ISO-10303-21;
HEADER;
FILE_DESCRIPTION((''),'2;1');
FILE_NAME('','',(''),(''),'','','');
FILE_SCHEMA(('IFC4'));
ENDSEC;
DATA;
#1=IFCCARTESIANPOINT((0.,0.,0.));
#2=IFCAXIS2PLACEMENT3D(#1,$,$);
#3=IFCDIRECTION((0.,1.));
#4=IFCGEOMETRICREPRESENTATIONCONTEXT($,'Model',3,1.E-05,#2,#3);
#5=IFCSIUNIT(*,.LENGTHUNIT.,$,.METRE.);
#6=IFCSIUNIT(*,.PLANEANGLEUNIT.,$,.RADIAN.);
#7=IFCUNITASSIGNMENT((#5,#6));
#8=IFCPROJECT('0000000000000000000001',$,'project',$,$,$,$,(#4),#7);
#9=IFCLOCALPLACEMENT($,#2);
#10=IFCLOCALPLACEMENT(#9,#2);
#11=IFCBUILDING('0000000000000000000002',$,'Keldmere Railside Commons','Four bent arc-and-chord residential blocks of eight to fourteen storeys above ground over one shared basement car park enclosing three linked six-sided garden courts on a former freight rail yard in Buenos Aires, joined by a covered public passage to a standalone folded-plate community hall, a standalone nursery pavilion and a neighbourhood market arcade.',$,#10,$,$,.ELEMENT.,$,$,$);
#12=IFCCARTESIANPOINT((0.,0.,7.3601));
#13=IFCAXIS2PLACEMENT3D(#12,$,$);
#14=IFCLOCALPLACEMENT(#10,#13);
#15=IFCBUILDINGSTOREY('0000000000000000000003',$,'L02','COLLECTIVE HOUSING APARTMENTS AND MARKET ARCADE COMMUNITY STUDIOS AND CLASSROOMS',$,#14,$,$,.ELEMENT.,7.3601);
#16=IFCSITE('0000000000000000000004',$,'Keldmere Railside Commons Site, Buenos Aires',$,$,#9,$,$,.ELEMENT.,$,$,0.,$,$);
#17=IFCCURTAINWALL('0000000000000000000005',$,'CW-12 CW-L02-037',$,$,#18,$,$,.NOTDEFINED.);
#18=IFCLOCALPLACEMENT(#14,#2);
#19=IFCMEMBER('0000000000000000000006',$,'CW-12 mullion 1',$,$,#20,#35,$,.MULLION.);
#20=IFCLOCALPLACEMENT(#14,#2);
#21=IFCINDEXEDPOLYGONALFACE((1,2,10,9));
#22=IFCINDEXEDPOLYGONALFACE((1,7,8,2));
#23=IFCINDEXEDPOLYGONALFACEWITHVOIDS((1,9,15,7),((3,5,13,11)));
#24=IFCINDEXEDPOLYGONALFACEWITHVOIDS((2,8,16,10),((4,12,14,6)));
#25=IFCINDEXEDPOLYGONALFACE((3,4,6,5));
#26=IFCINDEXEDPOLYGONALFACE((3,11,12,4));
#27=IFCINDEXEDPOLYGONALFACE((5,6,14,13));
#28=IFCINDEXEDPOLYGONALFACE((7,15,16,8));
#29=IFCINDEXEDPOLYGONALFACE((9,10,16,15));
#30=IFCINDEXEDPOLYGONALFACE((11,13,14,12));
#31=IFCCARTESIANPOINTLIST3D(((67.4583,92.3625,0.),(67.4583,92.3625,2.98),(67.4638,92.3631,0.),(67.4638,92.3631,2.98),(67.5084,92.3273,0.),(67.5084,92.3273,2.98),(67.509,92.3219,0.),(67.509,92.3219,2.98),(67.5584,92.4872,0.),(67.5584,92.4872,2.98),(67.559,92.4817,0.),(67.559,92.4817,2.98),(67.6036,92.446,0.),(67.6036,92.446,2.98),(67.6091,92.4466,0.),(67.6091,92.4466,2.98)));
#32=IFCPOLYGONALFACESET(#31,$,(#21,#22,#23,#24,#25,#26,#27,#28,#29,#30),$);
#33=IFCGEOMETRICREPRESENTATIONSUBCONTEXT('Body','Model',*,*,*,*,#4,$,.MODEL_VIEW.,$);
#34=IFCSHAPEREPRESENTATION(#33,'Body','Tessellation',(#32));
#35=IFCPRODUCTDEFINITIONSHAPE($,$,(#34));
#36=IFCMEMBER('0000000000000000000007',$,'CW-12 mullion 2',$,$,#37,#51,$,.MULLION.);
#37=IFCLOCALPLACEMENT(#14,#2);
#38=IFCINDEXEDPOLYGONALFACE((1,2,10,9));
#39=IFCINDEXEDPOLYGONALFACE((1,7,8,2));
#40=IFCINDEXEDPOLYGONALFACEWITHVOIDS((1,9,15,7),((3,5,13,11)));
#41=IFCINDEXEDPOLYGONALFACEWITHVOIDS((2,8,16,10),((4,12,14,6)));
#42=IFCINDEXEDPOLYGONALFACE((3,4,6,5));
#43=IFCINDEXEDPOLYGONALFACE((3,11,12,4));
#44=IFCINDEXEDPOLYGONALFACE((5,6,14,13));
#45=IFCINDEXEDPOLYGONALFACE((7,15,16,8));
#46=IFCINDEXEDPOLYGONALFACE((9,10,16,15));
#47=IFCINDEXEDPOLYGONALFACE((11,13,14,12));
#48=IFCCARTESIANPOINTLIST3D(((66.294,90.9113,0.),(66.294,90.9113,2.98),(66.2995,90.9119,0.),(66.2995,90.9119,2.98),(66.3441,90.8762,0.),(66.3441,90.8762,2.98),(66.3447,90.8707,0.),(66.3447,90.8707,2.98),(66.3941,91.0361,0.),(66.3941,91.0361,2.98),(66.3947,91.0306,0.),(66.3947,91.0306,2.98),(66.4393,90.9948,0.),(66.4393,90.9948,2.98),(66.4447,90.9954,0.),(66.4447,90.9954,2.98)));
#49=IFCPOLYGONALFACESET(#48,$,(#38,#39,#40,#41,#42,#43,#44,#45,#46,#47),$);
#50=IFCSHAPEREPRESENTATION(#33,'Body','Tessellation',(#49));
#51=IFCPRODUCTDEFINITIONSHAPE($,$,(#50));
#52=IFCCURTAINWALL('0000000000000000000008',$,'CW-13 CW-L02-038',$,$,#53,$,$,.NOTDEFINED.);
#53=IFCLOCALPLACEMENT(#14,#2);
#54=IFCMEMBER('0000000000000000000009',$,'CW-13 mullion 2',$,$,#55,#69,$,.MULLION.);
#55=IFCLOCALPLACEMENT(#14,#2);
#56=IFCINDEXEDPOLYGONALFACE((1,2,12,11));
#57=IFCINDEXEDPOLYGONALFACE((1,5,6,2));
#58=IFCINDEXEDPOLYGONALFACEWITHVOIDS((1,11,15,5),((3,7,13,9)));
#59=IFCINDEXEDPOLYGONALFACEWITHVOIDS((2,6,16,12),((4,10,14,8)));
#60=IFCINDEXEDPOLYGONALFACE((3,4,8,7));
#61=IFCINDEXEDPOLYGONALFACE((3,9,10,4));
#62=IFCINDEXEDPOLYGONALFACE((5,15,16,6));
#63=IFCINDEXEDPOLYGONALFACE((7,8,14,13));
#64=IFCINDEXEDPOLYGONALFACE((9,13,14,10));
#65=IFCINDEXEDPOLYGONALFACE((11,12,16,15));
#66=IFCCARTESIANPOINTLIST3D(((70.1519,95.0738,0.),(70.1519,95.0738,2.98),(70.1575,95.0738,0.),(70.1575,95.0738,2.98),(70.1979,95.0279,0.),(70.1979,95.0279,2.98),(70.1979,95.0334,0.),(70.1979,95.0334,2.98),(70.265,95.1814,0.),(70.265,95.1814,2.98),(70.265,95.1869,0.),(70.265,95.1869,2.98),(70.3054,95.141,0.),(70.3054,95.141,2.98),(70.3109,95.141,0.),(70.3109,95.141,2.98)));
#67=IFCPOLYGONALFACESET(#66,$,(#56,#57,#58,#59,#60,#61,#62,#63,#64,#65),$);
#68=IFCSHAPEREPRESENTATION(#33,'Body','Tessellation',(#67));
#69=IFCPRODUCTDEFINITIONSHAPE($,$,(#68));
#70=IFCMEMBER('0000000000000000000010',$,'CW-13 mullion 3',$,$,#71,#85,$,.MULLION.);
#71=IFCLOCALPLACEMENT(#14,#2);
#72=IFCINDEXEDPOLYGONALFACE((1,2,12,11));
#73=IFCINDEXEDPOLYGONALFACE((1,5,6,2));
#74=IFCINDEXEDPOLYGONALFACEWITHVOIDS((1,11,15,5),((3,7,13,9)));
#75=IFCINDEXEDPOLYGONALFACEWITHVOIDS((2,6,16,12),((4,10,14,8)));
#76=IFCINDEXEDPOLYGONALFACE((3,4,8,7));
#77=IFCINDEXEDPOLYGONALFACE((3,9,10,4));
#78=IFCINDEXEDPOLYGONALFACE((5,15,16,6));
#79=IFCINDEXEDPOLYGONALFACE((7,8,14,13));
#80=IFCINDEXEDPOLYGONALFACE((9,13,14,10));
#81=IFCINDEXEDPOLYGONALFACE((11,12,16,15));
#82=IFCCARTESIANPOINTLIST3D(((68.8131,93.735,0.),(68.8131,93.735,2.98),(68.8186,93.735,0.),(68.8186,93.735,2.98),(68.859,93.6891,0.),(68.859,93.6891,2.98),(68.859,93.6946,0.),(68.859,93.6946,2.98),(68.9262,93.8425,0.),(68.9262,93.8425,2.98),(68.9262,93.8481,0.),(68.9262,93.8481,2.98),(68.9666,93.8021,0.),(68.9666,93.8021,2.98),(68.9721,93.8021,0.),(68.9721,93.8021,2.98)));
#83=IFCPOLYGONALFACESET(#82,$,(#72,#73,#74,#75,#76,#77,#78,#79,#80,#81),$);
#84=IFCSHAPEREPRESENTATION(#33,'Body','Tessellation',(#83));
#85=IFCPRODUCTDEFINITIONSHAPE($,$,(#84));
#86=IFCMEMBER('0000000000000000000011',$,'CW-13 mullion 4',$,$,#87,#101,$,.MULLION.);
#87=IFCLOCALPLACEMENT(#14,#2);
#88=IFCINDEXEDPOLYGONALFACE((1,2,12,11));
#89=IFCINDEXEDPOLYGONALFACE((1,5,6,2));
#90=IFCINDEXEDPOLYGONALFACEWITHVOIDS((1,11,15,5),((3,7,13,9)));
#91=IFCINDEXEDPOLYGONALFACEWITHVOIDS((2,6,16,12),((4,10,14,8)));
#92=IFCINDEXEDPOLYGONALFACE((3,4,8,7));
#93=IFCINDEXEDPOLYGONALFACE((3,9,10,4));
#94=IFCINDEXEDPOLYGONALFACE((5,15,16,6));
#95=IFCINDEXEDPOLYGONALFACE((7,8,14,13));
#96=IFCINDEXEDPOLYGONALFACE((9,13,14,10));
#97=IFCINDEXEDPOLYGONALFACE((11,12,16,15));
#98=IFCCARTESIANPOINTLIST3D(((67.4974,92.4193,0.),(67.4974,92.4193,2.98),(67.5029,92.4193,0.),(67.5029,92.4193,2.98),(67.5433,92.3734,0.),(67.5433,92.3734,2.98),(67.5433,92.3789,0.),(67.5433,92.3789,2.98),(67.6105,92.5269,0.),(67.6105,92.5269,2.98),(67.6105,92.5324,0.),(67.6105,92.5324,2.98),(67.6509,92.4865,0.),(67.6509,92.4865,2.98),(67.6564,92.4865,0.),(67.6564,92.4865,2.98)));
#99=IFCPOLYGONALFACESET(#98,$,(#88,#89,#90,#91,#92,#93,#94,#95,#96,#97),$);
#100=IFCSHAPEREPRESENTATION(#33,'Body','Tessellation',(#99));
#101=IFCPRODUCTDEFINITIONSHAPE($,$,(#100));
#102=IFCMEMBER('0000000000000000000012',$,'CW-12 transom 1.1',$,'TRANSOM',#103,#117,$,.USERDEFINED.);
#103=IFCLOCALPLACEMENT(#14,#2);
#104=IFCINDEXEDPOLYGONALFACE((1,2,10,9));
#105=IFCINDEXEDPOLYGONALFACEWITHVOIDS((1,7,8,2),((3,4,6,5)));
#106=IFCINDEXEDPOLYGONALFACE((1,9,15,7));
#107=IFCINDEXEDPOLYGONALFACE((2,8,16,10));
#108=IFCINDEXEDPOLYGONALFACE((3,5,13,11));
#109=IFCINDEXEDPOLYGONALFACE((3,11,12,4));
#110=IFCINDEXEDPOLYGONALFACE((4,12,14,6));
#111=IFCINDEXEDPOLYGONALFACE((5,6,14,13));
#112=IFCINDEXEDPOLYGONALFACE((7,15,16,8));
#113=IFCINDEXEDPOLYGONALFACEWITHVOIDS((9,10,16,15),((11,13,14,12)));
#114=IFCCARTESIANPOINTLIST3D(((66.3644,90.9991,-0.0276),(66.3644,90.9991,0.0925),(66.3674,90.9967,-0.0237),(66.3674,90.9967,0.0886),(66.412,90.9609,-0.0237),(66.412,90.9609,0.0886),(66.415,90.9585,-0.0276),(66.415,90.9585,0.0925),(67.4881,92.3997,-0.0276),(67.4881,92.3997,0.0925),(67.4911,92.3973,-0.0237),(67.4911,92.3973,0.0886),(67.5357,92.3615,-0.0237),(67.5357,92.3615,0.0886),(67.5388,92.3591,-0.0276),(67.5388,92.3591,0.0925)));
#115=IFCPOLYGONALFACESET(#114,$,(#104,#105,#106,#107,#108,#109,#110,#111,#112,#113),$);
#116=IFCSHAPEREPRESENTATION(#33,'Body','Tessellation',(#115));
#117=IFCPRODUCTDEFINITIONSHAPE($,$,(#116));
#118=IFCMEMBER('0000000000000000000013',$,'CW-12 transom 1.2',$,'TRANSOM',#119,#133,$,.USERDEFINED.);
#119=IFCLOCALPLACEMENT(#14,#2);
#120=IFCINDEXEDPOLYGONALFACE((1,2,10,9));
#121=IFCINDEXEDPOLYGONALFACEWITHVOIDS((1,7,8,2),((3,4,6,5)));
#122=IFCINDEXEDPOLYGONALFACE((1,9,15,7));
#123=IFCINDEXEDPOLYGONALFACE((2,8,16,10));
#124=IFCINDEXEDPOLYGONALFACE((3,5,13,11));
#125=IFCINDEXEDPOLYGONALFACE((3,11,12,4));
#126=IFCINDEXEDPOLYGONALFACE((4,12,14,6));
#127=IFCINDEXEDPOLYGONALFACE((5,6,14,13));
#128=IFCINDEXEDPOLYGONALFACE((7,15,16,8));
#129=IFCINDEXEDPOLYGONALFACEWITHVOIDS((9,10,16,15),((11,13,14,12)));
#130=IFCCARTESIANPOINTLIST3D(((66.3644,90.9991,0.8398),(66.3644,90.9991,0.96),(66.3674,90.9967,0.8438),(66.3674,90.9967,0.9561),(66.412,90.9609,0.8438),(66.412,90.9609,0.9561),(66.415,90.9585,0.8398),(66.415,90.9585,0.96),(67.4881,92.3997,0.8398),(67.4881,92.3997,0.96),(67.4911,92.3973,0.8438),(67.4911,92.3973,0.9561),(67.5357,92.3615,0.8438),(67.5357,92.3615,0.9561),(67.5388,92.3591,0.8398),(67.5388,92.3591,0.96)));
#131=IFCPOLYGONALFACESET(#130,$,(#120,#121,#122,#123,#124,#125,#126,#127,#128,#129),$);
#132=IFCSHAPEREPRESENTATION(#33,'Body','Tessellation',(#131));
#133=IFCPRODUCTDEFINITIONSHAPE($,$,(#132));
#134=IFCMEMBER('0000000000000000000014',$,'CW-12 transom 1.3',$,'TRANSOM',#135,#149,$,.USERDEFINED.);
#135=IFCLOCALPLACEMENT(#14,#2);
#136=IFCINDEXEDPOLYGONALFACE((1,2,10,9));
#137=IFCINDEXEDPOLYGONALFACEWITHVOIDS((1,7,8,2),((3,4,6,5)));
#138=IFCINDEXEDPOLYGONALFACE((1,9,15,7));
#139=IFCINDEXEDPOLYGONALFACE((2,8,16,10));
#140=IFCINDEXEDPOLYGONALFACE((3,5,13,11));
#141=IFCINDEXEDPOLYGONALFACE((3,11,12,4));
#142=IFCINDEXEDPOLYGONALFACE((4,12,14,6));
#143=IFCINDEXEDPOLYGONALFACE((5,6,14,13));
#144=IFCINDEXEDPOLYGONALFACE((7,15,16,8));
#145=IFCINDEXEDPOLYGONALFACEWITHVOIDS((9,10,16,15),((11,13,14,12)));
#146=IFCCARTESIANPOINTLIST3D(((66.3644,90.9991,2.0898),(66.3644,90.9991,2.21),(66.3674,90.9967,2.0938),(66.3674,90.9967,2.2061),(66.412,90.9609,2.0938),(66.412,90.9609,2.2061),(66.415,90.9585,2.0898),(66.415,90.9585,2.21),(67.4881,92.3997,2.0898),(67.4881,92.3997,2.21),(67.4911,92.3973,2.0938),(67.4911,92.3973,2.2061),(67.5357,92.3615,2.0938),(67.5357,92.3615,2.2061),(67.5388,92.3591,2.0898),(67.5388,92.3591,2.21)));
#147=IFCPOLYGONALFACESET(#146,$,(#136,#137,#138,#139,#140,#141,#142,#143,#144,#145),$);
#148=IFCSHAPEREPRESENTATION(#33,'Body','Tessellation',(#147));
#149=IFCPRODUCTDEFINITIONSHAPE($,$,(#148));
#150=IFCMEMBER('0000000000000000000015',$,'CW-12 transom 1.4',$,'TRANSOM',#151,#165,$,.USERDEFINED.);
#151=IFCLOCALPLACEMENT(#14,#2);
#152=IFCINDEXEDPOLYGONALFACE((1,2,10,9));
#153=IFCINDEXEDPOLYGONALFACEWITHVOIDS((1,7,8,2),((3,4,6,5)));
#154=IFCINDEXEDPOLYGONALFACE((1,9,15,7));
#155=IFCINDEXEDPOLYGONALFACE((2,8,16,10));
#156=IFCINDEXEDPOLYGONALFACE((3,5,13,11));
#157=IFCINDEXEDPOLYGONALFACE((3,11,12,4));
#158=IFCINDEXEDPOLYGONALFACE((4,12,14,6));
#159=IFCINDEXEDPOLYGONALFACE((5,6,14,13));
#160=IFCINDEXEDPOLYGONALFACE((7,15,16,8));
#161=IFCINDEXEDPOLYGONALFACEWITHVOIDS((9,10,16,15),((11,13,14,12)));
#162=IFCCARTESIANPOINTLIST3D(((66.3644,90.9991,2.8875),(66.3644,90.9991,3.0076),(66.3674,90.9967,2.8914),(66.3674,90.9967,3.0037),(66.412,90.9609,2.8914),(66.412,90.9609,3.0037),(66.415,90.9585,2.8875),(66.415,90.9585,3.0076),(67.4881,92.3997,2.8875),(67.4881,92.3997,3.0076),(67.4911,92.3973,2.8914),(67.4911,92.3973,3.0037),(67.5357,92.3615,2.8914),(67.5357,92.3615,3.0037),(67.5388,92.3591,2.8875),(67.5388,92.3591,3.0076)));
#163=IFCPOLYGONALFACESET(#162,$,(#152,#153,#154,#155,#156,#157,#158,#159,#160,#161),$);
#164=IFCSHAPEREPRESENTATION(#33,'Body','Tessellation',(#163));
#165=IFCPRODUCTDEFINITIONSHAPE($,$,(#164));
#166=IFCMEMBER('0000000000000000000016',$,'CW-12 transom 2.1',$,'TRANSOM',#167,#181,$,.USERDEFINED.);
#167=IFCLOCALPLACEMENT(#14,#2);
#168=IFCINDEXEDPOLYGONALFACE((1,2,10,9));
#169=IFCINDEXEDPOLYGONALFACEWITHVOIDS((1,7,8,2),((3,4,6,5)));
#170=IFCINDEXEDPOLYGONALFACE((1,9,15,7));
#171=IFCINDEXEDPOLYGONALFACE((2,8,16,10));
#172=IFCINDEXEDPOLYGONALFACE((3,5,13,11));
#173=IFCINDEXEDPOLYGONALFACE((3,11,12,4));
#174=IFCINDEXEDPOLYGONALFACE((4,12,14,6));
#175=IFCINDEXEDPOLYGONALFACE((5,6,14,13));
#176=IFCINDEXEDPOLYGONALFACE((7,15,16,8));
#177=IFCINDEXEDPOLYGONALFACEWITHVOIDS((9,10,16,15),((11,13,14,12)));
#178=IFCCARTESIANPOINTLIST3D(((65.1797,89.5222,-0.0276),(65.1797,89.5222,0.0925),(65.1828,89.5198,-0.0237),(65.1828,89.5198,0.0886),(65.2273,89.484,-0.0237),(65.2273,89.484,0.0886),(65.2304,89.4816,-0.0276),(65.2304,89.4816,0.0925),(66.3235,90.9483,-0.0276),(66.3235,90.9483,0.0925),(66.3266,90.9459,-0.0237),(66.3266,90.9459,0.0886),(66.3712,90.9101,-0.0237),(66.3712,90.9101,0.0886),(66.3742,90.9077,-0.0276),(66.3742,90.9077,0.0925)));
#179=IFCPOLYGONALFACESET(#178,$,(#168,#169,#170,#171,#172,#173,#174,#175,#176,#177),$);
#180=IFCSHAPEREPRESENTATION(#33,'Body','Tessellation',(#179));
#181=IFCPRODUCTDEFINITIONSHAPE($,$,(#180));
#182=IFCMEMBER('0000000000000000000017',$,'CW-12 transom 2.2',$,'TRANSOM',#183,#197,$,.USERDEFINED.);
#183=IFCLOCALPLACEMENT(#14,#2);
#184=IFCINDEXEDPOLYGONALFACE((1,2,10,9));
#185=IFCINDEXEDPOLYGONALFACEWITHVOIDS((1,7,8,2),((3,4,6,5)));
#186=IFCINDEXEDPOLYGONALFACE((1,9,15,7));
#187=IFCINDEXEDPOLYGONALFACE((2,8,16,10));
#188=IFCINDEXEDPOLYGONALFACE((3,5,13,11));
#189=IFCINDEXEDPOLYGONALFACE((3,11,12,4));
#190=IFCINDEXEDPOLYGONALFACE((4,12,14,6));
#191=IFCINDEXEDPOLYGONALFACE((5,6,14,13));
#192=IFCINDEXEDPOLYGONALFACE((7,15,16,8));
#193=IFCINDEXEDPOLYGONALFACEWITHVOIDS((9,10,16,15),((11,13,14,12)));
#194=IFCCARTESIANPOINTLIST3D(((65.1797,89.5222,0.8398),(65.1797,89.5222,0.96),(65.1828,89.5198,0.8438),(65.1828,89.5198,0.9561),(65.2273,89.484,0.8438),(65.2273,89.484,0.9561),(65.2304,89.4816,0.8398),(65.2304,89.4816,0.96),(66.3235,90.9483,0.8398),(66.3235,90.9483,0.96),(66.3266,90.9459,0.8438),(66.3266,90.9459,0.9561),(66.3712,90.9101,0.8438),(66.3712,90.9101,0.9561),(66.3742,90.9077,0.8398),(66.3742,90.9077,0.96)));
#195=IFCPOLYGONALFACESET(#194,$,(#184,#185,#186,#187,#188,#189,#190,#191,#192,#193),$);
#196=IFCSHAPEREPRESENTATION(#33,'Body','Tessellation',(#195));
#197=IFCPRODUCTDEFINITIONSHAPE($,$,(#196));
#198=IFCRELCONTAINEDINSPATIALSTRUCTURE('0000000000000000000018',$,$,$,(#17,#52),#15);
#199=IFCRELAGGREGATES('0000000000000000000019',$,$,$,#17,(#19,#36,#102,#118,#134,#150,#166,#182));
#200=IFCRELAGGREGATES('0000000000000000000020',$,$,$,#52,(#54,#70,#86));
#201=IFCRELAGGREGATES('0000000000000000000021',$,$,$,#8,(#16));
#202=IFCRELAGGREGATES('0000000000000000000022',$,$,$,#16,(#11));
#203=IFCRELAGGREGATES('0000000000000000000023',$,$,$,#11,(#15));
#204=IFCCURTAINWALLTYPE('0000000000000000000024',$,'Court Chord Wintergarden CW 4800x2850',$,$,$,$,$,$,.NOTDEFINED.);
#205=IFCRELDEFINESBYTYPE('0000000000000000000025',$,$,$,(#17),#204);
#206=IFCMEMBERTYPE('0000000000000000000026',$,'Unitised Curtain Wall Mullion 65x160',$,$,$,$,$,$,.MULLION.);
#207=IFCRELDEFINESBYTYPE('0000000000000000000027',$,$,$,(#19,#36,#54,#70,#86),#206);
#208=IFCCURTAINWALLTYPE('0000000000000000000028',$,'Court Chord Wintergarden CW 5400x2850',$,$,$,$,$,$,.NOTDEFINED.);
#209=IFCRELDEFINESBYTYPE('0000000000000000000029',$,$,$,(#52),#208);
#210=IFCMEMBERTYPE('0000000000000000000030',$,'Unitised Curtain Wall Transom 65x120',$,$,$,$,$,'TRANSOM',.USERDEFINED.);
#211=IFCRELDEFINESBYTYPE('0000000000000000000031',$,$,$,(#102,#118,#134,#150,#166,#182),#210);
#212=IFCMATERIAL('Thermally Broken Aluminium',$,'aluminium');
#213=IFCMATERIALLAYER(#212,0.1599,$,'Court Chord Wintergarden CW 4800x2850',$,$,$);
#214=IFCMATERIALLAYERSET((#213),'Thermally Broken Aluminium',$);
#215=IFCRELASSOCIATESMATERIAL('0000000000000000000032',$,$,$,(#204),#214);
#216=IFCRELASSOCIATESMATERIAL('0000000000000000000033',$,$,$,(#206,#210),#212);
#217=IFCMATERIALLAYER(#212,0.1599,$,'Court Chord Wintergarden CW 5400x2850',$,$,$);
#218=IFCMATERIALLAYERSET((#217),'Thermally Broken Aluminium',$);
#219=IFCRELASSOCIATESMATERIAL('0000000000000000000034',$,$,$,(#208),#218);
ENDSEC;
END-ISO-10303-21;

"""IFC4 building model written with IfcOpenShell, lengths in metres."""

from ifc_helpers import new_model, si_unit, direction, frame, origin, origin_2d, place, context, subcontext, project, spatial, hollow_rectangle, extrude, material, layer, layer_set, material_profile, profile_set, type_object, element, aggregate, save


model = new_model("IFC4")

# Units and contexts
model_context = context("Model", 3, precision=1e-05, world=origin(), true_north=direction((0.0, 1.0)))
body_context = subcontext(model_context, "Body", "Model", "MODEL_VIEW")
ifc_project = project(units=[si_unit("LENGTHUNIT", "METRE"), si_unit("PLANEANGLEUNIT", "RADIAN")], contexts=[model_context])

# Site, building, storey
site_placement = place(None, origin())
site = spatial("IfcSite", under=ifc_project, at=site_placement, Name="Keldmere Railside Commons Site, Buenos Aires", CompositionType="ELEMENT", RefElevation=0.0)
building_placement = place(site_placement, origin())
building = spatial("IfcBuilding", under=site, at=building_placement, Name="Keldmere Railside Commons", Description="Four bent arc-and-chord residential blocks of eight to fourteen storeys above ground over one shared basement car park enclosing three linked six-sided garden courts on a former freight rail yard in Buenos Aires, joined by a covered public passage to a standalone folded-plate community hall, a standalone nursery pavilion and a neighbourhood market arcade.", CompositionType="ELEMENT")
storey_placement = place(building_placement, frame((0.0, 0.0, 7.3601)))
storey = spatial("IfcBuildingStorey", under=building, at=storey_placement, Name="L02", Description="COLLECTIVE HOUSING APARTMENTS AND MARKET ARCADE COMMUNITY STUDIOS AND CLASSROOMS", CompositionType="ELEMENT", Elevation=7.3601)

# Curtain walls, members
ifc_material_1 = material(Name="Thermally Broken Aluminium", Category="aluminium")
ifc_layer_1 = layer(ifc_material_1, 0.1599, Name="Court Chord Wintergarden CW 4800x2850")
ifc_layer_set_1 = layer_set([ifc_layer_1], Name="Thermally Broken Aluminium")
curtain_wall_type_1 = type_object("IfcCurtainWallType", Name="Court Chord Wintergarden CW 4800x2850", PredefinedType="NOTDEFINED", material=ifc_layer_set_1)
curtain_wall_1_placement = place(storey_placement, origin())
curtain_wall_1 = element("IfcCurtainWall", 1, at=curtain_wall_1_placement, inside=storey, type_object=curtain_wall_type_1, Name="CW-12 CW-L02-037", PredefinedType="NOTDEFINED")
ifc_material_profile_1 = material_profile(ifc_material_1, hollow_rectangle(XDim=0.0649, YDim=0.1599, WallThickness=0.0039, at=origin_2d()), Name="ALU-MULL-65x160")
ifc_profile_set_1 = profile_set([ifc_material_profile_1], Name="Thermally Broken Aluminium")
member_type_1 = type_object("IfcMemberType", Name="Unitised Curtain Wall Mullion 65x160", PredefinedType="MULLION", material=ifc_profile_set_1)
member_1_placement = place(storey_placement, frame((67.5337, 92.4045, 0.0), z_axis=(0.0, 0.0, 1.0), x_axis=(0.780009, -0.625768, 0.0)))
member_1 = element("IfcMember", 2, at=member_1_placement, type_object=member_type_1, Name="CW-12 mullion 1", PredefinedType="MULLION", context=body_context, shape_type="SweptSolid", body=[
    extrude(hollow_rectangle(XDim=0.0649, YDim=0.1599, WallThickness=0.0039, at=origin_2d()), origin(), (0.0, 0.0, 1.0), 2.98),
])
member_2_placement = place(storey_placement, frame((66.3694, 90.9534, 0.0), z_axis=(0.0, 0.0, 1.0), x_axis=(0.780009, -0.625768, 0.0)))
member_2 = element("IfcMember", 3, at=member_2_placement, type_object=member_type_1, Name="CW-12 mullion 2", PredefinedType="MULLION", context=body_context, shape_type="SweptSolid", body=[
    extrude(hollow_rectangle(XDim=0.0649, YDim=0.1599, WallThickness=0.0039, at=origin_2d()), origin(), (0.0, 0.0, 1.0), 2.98),
])
ifc_layer_2 = layer(ifc_material_1, 0.1599, Name="Court Chord Wintergarden CW 5400x2850")
ifc_layer_set_2 = layer_set([ifc_layer_2], Name="Thermally Broken Aluminium")
curtain_wall_type_2 = type_object("IfcCurtainWallType", Name="Court Chord Wintergarden CW 5400x2850", PredefinedType="NOTDEFINED", material=ifc_layer_set_2)
curtain_wall_2_placement = place(storey_placement, origin())
curtain_wall_2 = element("IfcCurtainWall", 4, at=curtain_wall_2_placement, inside=storey, type_object=curtain_wall_type_2, Name="CW-13 CW-L02-038", PredefinedType="NOTDEFINED")
member_3_placement = place(storey_placement, frame((70.2314, 95.1074, 0.0), z_axis=(0.0, 0.0, 1.0), x_axis=(0.707107, -0.707107, 0.0)))
member_3 = element("IfcMember", 5, at=member_3_placement, type_object=member_type_1, Name="CW-13 mullion 2", PredefinedType="MULLION", context=body_context, shape_type="SweptSolid", body=[
    extrude(hollow_rectangle(XDim=0.0649, YDim=0.1599, WallThickness=0.0039, at=origin_2d()), origin(), (0.0, 0.0, 1.0), 2.98),
])
member_4_placement = place(storey_placement, frame((68.8926, 93.7686, 0.0), z_axis=(0.0, 0.0, 1.0), x_axis=(0.707107, -0.707107, 0.0)))
member_4 = element("IfcMember", 6, at=member_4_placement, type_object=member_type_1, Name="CW-13 mullion 3", PredefinedType="MULLION", context=body_context, shape_type="SweptSolid", body=[
    extrude(hollow_rectangle(XDim=0.0649, YDim=0.1599, WallThickness=0.0039, at=origin_2d()), origin(), (0.0, 0.0, 1.0), 2.98),
])
member_5_placement = place(storey_placement, frame((67.5769, 92.4529, 0.0), z_axis=(0.0, 0.0, 1.0), x_axis=(0.707107, -0.707107, 0.0)))
member_5 = element("IfcMember", 7, at=member_5_placement, type_object=member_type_1, Name="CW-13 mullion 4", PredefinedType="MULLION", context=body_context, shape_type="SweptSolid", body=[
    extrude(hollow_rectangle(XDim=0.0649, YDim=0.1599, WallThickness=0.0039, at=origin_2d()), origin(), (0.0, 0.0, 1.0), 2.98),
])

# Members
ifc_material_profile_2 = material_profile(ifc_material_1, hollow_rectangle(XDim=0.0649, YDim=0.1201, WallThickness=0.0039, at=origin_2d()), Name="ALU-TRAN-65x120")
ifc_profile_set_2 = profile_set([ifc_material_profile_2], Name="Thermally Broken Aluminium")
member_type_2 = type_object("IfcMemberType", Name="Unitised Curtain Wall Transom 65x120", ElementType="TRANSOM", PredefinedType="USERDEFINED", material=ifc_profile_set_2)
member_6_placement = place(storey_placement, frame((67.5134, 92.3794, 0.0325), z_axis=(-0.625805, -0.779979, 0.0), x_axis=(0.779979, -0.625805, 0.0)))
member_6 = element("IfcMember", 8, at=member_6_placement, type_object=member_type_2, Name="CW-12 transom 1.1", ObjectType="TRANSOM", PredefinedType="USERDEFINED", context=body_context, shape_type="SweptSolid", body=[
    extrude(hollow_rectangle(XDim=0.0649, YDim=0.1201, WallThickness=0.0039, at=origin_2d()), origin(), (0.0, 0.0, 1.0), 1.7957),
])
member_7_placement = place(storey_placement, frame((67.5134, 92.3794, 0.8999), z_axis=(-0.625805, -0.779979, 0.0), x_axis=(0.779979, -0.625805, 0.0)))
member_7 = element("IfcMember", 9, at=member_7_placement, type_object=member_type_2, Name="CW-12 transom 1.2", ObjectType="TRANSOM", PredefinedType="USERDEFINED", context=body_context, shape_type="SweptSolid", body=[
    extrude(hollow_rectangle(XDim=0.0649, YDim=0.1201, WallThickness=0.0039, at=origin_2d()), origin(), (0.0, 0.0, 1.0), 1.7957),
])
member_8_placement = place(storey_placement, frame((67.5134, 92.3794, 2.1499), z_axis=(-0.625805, -0.779979, 0.0), x_axis=(0.779979, -0.625805, 0.0)))
member_8 = element("IfcMember", 10, at=member_8_placement, type_object=member_type_2, Name="CW-12 transom 1.3", ObjectType="TRANSOM", PredefinedType="USERDEFINED", context=body_context, shape_type="SweptSolid", body=[
    extrude(hollow_rectangle(XDim=0.0649, YDim=0.1201, WallThickness=0.0039, at=origin_2d()), origin(), (0.0, 0.0, 1.0), 1.7957),
])
member_9_placement = place(storey_placement, frame((67.5134, 92.3794, 2.9475), z_axis=(-0.625805, -0.779979, 0.0), x_axis=(0.779979, -0.625805, 0.0)))
member_9 = element("IfcMember", 11, at=member_9_placement, type_object=member_type_2, Name="CW-12 transom 1.4", ObjectType="TRANSOM", PredefinedType="USERDEFINED", context=body_context, shape_type="SweptSolid", body=[
    extrude(hollow_rectangle(XDim=0.0649, YDim=0.1201, WallThickness=0.0039, at=origin_2d()), origin(), (0.0, 0.0, 1.0), 1.7957),
])
member_10_placement = place(storey_placement, frame((66.3489, 90.928, 0.0325), z_axis=(-0.625688, -0.780073, 0.0), x_axis=(0.780073, -0.625688, 0.0)))
member_10 = element("IfcMember", 12, at=member_10_placement, type_object=member_type_2, Name="CW-12 transom 2.1", ObjectType="TRANSOM", PredefinedType="USERDEFINED", context=body_context, shape_type="SweptSolid", body=[
    extrude(hollow_rectangle(XDim=0.0649, YDim=0.1201, WallThickness=0.0039, at=origin_2d()), origin(), (0.0, 0.0, 1.0), 1.8281),
])
member_11_placement = place(storey_placement, frame((66.3489, 90.928, 0.8999), z_axis=(-0.625688, -0.780073, 0.0), x_axis=(0.780073, -0.625688, 0.0)))
member_11 = element("IfcMember", 13, at=member_11_placement, type_object=member_type_2, Name="CW-12 transom 2.2", ObjectType="TRANSOM", PredefinedType="USERDEFINED", context=body_context, shape_type="SweptSolid", body=[
    extrude(hollow_rectangle(XDim=0.0649, YDim=0.1201, WallThickness=0.0039, at=origin_2d()), origin(), (0.0, 0.0, 1.0), 1.8281),
])

aggregate(curtain_wall_1, [member_1, member_2, member_6, member_7, member_8, member_9, member_10, member_11])
aggregate(curtain_wall_2, [member_3, member_4, member_5])

save(model, "model.ifc")
